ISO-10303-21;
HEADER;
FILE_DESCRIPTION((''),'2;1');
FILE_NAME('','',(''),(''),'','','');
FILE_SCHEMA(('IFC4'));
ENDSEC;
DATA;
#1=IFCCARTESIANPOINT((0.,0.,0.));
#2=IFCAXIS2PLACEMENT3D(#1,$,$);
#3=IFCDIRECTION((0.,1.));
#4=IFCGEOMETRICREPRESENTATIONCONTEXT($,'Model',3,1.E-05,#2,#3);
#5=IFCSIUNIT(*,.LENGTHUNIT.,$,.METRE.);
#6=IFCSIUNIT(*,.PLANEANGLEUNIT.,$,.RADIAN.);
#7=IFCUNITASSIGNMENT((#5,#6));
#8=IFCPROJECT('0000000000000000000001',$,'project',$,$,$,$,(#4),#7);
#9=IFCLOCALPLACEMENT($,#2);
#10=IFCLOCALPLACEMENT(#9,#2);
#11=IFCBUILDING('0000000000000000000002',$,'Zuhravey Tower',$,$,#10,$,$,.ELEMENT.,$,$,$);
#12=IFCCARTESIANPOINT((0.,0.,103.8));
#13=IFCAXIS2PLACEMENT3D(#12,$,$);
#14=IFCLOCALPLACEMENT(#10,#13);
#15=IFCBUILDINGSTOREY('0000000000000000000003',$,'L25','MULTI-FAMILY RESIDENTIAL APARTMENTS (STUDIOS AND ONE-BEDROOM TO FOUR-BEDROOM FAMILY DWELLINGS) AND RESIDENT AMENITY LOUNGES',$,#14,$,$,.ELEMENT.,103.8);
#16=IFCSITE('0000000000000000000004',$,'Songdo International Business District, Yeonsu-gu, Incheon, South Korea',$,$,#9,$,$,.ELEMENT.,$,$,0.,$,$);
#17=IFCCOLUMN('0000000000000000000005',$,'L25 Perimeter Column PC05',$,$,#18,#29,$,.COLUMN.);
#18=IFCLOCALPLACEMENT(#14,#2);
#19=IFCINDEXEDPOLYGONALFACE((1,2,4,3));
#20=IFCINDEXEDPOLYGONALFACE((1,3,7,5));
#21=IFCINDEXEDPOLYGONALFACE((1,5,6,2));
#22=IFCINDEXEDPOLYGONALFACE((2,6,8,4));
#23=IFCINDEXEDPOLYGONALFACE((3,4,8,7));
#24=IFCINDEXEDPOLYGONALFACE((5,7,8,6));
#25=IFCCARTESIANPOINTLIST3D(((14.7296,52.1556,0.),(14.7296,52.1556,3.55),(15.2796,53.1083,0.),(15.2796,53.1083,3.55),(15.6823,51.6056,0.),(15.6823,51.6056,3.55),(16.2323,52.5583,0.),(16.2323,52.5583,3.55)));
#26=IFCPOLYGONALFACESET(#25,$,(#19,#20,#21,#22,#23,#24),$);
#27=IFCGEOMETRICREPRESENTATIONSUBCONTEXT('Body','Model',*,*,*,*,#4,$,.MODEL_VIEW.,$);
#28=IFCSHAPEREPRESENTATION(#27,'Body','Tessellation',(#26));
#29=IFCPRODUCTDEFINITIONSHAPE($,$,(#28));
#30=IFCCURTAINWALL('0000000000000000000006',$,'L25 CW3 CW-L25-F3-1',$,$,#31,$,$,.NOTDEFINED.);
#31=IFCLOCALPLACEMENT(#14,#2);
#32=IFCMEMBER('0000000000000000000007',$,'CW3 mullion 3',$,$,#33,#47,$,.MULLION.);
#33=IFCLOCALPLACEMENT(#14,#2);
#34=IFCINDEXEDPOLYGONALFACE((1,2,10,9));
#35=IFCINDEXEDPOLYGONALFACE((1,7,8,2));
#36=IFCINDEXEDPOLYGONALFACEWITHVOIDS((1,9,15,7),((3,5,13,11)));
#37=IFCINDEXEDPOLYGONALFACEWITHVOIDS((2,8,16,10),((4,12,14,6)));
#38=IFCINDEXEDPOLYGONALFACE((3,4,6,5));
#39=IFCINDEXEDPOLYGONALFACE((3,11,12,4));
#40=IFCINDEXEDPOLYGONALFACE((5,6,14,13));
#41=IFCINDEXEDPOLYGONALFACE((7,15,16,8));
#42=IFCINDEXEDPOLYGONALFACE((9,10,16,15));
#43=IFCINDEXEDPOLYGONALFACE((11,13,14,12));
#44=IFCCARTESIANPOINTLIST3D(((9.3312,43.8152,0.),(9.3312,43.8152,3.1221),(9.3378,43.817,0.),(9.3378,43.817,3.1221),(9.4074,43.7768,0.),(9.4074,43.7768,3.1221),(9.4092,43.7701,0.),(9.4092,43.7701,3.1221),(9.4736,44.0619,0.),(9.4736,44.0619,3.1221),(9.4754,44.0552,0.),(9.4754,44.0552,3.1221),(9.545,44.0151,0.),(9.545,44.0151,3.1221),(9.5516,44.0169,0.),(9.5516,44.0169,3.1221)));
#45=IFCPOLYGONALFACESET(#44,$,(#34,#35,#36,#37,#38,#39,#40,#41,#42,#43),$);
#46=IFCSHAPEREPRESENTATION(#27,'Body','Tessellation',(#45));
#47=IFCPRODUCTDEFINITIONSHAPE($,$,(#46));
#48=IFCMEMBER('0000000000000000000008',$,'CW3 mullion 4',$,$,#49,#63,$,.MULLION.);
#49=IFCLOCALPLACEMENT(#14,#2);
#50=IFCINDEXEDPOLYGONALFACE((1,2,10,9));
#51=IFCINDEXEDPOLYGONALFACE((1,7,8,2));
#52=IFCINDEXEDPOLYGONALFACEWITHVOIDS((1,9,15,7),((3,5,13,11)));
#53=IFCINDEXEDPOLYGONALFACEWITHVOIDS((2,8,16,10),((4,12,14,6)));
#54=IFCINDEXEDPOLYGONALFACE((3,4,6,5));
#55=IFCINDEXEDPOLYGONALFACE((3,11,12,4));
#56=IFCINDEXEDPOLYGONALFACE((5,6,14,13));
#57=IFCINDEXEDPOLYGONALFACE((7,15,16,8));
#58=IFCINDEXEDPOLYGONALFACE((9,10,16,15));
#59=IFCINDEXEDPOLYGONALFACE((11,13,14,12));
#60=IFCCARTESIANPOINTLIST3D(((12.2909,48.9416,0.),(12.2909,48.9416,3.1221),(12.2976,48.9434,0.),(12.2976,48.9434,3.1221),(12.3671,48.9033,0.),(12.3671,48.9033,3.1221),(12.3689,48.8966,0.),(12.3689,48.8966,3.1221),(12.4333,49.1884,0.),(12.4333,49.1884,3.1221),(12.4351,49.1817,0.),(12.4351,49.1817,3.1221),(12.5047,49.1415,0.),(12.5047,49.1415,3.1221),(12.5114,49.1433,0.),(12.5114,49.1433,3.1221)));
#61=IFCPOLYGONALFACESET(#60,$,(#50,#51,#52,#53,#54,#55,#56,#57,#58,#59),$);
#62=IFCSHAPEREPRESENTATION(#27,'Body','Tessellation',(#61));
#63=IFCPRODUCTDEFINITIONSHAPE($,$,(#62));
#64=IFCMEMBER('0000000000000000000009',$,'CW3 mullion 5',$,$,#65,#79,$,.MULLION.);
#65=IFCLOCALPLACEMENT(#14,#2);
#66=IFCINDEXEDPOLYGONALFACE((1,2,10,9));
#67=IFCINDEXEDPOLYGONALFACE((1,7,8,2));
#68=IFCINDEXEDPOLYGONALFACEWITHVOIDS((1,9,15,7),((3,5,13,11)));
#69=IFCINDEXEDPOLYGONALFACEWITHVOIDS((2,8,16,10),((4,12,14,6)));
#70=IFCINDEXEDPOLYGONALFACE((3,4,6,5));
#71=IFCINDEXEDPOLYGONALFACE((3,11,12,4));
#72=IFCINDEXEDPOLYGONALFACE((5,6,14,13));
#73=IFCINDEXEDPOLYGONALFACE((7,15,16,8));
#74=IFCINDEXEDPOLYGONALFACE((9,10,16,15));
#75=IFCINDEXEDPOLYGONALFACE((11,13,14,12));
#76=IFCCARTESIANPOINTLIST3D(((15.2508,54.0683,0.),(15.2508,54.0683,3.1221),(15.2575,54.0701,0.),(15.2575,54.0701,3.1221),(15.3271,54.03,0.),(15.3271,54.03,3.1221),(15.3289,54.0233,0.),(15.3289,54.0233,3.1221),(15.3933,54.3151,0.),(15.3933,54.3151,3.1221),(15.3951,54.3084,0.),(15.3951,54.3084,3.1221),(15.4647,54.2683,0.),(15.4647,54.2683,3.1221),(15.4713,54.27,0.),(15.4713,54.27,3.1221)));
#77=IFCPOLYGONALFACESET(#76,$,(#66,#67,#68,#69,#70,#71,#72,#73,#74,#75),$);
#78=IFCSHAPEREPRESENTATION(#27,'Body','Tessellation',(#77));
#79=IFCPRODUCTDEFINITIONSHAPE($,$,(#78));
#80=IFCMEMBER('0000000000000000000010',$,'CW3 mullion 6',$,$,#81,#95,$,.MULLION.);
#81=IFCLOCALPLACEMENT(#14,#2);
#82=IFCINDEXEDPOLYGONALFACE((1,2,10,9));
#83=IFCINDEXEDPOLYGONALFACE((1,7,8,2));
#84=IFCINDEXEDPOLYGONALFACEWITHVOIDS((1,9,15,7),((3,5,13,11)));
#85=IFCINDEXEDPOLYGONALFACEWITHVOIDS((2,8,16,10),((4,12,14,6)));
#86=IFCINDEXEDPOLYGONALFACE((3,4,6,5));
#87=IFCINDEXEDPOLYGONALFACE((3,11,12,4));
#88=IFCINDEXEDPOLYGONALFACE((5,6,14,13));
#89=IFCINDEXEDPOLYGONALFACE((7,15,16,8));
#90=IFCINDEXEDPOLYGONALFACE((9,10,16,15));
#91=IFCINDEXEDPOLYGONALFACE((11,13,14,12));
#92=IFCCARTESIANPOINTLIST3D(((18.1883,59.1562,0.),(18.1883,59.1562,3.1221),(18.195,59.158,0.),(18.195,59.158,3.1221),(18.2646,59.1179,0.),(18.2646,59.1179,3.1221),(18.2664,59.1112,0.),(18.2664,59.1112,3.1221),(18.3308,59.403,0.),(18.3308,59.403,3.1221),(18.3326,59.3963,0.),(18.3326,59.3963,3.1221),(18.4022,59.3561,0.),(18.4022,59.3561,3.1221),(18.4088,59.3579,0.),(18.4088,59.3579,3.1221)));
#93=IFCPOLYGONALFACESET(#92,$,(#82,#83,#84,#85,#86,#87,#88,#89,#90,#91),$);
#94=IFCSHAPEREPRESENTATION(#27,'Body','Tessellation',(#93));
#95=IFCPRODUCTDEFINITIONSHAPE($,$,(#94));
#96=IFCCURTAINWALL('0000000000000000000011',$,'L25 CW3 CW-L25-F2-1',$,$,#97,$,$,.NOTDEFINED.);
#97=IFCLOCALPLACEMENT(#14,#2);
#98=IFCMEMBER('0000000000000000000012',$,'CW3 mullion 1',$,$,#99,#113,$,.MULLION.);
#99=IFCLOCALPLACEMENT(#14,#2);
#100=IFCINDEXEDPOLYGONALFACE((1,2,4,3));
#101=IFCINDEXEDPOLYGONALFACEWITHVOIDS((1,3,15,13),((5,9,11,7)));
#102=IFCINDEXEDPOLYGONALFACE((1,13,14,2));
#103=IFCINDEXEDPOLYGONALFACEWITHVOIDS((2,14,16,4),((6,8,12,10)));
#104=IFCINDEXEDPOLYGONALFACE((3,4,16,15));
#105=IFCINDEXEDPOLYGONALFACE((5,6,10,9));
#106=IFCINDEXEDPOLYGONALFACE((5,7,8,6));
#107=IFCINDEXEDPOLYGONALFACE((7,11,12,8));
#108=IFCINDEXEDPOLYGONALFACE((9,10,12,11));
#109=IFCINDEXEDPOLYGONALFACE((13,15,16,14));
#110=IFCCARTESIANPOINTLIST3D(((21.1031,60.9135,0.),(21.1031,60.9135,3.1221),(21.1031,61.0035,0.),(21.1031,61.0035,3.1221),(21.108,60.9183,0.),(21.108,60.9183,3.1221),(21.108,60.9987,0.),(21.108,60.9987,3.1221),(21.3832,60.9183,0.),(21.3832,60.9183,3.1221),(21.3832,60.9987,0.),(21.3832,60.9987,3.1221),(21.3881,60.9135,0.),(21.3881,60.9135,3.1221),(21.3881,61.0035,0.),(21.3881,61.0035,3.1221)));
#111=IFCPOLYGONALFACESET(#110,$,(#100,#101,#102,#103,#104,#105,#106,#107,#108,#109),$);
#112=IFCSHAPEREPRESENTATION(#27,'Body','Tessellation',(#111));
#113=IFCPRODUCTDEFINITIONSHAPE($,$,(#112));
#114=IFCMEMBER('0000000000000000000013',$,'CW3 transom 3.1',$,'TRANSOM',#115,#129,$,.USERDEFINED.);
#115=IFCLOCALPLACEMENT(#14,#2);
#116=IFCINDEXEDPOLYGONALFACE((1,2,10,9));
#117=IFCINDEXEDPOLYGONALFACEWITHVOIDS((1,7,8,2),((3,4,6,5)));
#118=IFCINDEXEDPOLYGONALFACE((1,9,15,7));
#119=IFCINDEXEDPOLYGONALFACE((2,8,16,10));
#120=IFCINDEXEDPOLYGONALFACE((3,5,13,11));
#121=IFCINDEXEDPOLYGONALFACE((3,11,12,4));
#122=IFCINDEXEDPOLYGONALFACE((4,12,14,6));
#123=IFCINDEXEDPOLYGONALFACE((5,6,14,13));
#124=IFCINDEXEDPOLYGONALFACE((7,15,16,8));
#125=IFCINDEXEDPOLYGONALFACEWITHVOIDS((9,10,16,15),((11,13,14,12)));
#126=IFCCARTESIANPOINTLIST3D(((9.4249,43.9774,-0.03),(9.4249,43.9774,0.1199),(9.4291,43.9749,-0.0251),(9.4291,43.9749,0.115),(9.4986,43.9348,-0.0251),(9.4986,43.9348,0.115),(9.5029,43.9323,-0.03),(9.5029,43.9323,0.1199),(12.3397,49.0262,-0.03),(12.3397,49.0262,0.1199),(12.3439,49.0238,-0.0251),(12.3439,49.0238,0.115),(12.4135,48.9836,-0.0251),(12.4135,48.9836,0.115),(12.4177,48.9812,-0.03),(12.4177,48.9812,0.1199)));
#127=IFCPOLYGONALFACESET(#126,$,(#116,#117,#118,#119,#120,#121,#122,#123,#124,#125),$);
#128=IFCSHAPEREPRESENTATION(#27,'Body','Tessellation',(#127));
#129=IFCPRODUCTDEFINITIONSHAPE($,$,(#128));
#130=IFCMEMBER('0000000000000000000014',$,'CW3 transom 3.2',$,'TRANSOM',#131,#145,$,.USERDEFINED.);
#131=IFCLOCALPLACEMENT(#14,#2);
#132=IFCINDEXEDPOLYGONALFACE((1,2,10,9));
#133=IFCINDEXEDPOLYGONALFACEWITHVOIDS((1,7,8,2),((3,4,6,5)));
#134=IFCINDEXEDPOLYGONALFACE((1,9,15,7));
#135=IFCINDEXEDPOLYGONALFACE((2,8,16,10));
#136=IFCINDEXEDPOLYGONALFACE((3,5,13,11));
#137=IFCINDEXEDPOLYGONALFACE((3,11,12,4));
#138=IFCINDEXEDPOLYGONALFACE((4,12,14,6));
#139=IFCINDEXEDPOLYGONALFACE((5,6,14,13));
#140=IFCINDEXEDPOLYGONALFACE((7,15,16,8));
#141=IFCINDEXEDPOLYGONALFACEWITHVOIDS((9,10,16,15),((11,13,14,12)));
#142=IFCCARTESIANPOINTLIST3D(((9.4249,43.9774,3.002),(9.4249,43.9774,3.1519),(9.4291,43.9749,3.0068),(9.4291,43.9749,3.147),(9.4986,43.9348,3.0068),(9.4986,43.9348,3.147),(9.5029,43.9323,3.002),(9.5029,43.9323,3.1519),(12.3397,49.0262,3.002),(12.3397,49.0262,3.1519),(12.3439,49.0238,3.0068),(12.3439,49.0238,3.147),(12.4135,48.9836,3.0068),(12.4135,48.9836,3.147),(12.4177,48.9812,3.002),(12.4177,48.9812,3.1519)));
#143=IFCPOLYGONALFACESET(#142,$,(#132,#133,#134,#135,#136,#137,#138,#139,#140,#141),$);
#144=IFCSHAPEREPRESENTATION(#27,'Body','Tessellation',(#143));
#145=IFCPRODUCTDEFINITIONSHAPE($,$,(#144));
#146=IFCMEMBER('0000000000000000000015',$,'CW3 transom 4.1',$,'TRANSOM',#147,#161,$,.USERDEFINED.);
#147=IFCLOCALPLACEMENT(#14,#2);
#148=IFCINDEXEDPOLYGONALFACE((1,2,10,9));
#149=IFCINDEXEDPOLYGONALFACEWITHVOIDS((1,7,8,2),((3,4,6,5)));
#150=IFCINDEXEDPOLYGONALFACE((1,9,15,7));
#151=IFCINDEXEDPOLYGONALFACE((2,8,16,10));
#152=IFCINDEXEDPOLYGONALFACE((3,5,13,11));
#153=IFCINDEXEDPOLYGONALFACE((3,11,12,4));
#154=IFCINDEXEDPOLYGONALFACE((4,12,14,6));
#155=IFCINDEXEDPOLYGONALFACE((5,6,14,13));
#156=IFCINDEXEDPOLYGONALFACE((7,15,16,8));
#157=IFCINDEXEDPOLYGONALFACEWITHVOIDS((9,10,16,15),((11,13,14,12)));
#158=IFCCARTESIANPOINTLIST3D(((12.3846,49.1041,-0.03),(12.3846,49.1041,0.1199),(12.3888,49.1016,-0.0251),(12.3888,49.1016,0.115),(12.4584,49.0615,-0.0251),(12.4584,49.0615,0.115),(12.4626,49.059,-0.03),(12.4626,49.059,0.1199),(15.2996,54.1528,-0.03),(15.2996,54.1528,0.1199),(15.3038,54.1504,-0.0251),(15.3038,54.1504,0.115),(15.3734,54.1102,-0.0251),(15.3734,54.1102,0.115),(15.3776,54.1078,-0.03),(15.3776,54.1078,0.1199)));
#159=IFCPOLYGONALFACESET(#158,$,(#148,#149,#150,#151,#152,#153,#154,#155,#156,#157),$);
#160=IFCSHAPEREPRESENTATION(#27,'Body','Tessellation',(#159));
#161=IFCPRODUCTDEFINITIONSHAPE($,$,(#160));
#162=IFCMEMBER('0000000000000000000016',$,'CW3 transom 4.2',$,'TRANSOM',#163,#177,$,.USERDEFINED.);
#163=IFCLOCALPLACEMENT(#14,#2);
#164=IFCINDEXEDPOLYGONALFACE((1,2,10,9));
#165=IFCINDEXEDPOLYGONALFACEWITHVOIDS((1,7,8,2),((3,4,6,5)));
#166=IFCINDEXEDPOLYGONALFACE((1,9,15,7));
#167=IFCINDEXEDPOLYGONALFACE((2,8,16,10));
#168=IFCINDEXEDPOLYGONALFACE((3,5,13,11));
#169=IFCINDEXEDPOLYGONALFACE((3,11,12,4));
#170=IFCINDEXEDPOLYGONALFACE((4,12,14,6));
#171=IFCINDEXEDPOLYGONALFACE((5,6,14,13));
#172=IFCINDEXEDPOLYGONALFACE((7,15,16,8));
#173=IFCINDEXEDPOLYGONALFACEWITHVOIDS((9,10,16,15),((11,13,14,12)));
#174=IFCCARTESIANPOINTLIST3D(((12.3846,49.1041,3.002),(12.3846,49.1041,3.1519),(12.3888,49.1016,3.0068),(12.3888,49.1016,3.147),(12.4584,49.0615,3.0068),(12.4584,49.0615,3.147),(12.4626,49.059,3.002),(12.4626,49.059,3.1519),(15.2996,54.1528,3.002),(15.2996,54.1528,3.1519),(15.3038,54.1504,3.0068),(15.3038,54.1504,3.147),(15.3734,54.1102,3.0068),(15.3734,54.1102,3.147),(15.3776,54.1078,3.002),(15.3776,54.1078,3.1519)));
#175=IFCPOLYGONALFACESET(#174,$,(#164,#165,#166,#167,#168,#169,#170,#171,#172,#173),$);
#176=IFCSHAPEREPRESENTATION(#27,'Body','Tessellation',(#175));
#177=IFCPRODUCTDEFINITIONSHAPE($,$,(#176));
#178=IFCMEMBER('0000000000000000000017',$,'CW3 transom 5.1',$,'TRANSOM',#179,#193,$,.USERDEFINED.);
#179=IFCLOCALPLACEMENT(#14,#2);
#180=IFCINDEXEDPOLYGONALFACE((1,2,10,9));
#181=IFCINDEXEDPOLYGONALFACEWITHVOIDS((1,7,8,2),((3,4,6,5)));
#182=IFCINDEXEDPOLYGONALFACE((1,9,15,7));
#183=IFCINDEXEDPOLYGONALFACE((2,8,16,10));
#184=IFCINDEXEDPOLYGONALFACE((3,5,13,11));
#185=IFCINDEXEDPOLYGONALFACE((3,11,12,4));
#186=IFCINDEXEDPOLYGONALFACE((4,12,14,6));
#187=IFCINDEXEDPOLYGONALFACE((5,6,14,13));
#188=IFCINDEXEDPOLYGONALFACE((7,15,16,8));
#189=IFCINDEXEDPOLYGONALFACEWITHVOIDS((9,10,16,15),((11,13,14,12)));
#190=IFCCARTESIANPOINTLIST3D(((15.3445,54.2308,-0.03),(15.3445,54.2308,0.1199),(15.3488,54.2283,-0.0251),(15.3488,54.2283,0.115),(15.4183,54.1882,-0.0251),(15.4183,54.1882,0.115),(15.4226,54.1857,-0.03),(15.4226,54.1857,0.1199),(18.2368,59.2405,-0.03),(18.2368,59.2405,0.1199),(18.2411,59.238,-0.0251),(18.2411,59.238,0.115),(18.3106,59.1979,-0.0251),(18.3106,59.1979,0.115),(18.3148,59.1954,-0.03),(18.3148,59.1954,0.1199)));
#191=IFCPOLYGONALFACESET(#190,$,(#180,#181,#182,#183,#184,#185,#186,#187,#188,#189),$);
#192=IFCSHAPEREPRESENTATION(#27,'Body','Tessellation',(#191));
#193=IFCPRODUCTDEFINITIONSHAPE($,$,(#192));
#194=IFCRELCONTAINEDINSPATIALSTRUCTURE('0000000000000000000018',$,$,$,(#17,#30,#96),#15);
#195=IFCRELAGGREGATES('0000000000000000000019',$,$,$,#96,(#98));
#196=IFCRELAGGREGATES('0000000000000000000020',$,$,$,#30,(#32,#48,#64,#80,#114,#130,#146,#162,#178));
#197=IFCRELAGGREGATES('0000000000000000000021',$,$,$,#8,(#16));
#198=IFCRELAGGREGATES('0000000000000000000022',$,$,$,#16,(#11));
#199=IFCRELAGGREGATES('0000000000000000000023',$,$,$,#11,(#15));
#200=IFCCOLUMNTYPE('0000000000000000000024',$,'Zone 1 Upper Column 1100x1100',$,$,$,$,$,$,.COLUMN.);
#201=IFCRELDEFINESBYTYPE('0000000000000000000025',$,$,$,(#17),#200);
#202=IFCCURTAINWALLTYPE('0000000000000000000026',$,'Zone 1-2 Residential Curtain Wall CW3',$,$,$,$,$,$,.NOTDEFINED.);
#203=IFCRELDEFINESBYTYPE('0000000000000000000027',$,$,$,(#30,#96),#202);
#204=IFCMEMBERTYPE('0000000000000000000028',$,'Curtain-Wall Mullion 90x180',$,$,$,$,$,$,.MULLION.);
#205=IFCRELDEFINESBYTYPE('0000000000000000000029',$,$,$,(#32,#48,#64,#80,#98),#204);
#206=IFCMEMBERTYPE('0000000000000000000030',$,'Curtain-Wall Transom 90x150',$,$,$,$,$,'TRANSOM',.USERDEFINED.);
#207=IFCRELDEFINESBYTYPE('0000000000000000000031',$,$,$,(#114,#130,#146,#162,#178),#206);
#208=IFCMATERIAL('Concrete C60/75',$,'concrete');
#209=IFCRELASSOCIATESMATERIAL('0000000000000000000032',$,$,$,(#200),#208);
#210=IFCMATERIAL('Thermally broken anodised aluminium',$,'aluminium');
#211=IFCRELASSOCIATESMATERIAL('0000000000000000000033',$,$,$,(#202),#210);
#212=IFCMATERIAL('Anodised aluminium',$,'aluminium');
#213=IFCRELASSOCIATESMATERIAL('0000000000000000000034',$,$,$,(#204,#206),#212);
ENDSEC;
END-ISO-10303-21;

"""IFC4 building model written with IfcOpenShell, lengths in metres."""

from ifc_helpers import new_model, si_unit, direction, frame, origin, origin_2d, place, context, subcontext, project, spatial, rectangle, hollow_rectangle, extrude, material, material_profile, profile_set, type_object, element, aggregate, save


model = new_model("IFC4")

# Units and contexts
model_context = context("Model", 3, precision=1e-05, world=origin(), true_north=direction((0.0, 1.0)))
body_context = subcontext(model_context, "Body", "Model", "MODEL_VIEW")
ifc_project = project(units=[si_unit("LENGTHUNIT", "METRE"), si_unit("PLANEANGLEUNIT", "RADIAN")], contexts=[model_context])

# Site, building, storey
site_placement = place(None, origin())
site = spatial("IfcSite", under=ifc_project, at=site_placement, Name="Songdo International Business District, Yeonsu-gu, Incheon, South Korea", CompositionType="ELEMENT", RefElevation=0.0)
building_placement = place(site_placement, origin())
building = spatial("IfcBuilding", under=site, at=building_placement, Name="Zuhravey Tower", CompositionType="ELEMENT")
storey_placement = place(building_placement, frame((0.0, 0.0, 103.8)))
storey = spatial("IfcBuildingStorey", under=building, at=storey_placement, Name="L25", Description="MULTI-FAMILY RESIDENTIAL APARTMENTS (STUDIOS AND ONE-BEDROOM TO FOUR-BEDROOM FAMILY DWELLINGS) AND RESIDENT AMENITY LOUNGES", CompositionType="ELEMENT", Elevation=103.8)

# Column
ifc_material_1 = material(Name="Concrete C60/75", Category="concrete")
ifc_material_profile_1 = material_profile(ifc_material_1, rectangle(XDim=1.1001, YDim=1.1001, at=origin_2d()), Name="RC-1100x1100")
ifc_profile_set_1 = profile_set([ifc_material_profile_1], Name="Concrete C60/75")
column_type = type_object("IfcColumnType", Name="Zone 1 Upper Column 1100x1100", PredefinedType="COLUMN", material=ifc_profile_set_1)
column_placement = place(storey_placement, frame((15.481, 52.3569, 0.0), z_axis=(0.0, 0.0, 1.0), x_axis=(-0.5, -0.866025, 0.0)))
element("IfcColumn", 1, at=column_placement, inside=storey, type_object=column_type, Name="L25 Perimeter Column PC05", PredefinedType="COLUMN", context=body_context, shape_type="SweptSolid", body=[
    extrude(rectangle(XDim=1.1001, YDim=1.1001, at=origin_2d()), origin(), (0.0, 0.0, 1.0), 3.55),
])

# Curtain wall, members
ifc_material_2 = material(Name="Thermally broken anodised aluminium", Category="aluminium")
curtain_wall_type = type_object("IfcCurtainWallType", Name="Zone 1-2 Residential Curtain Wall CW3", PredefinedType="NOTDEFINED", material=ifc_material_2)
curtain_wall_1_placement = place(storey_placement, origin())
curtain_wall_1 = element("IfcCurtainWall", 2, at=curtain_wall_1_placement, inside=storey, type_object=curtain_wall_type, Name="L25 CW3 CW-L25-F3-1", PredefinedType="NOTDEFINED")
ifc_material_3 = material(Name="Anodised aluminium", Category="aluminium")
ifc_material_profile_2 = material_profile(ifc_material_3, hollow_rectangle(XDim=0.0901, YDim=0.2849, WallThickness=0.0049, at=origin_2d()), Name="ALU-RHS-90x285x5")
ifc_profile_set_2 = profile_set([ifc_material_profile_2], Name="Anodised aluminium")
member_type_1 = type_object("IfcMemberType", Name="Curtain-Wall Mullion 90x180", PredefinedType="MULLION", material=ifc_profile_set_2)
member_1_placement = place(storey_placement, frame((9.4414, 43.916, 0.0), z_axis=(0.0, 0.0, 1.0), x_axis=(-0.866026, 0.5, 0.0)))
member_1 = element("IfcMember", 3, at=member_1_placement, type_object=member_type_1, Name="CW3 mullion 3", PredefinedType="MULLION", context=body_context, shape_type="SweptSolid", body=[
    extrude(hollow_rectangle(XDim=0.0901, YDim=0.2849, WallThickness=0.0049, at=origin_2d()), origin(), (0.0, 0.0, 1.0), 3.1221),
])
member_2_placement = place(storey_placement, frame((12.4011, 49.0425, 0.0), z_axis=(0.0, 0.0, 1.0), x_axis=(-0.866026, 0.5, 0.0)))
member_2 = element("IfcMember", 4, at=member_2_placement, type_object=member_type_1, Name="CW3 mullion 4", PredefinedType="MULLION", context=body_context, shape_type="SweptSolid", body=[
    extrude(hollow_rectangle(XDim=0.0901, YDim=0.2849, WallThickness=0.0049, at=origin_2d()), origin(), (0.0, 0.0, 1.0), 3.1221),
])
member_3_placement = place(storey_placement, frame((15.3611, 54.1692, 0.0), z_axis=(0.0, 0.0, 1.0), x_axis=(-0.866026, 0.5, 0.0)))
member_3 = element("IfcMember", 5, at=member_3_placement, type_object=member_type_1, Name="CW3 mullion 5", PredefinedType="MULLION", context=body_context, shape_type="SweptSolid", body=[
    extrude(hollow_rectangle(XDim=0.0901, YDim=0.2849, WallThickness=0.0049, at=origin_2d()), origin(), (0.0, 0.0, 1.0), 3.1221),
])
member_4_placement = place(storey_placement, frame((18.2986, 59.2571, 0.0), z_axis=(0.0, 0.0, 1.0), x_axis=(-0.866026, 0.5, 0.0)))
member_4 = element("IfcMember", 6, at=member_4_placement, type_object=member_type_1, Name="CW3 mullion 6", PredefinedType="MULLION", context=body_context, shape_type="SweptSolid", body=[
    extrude(hollow_rectangle(XDim=0.0901, YDim=0.2849, WallThickness=0.0049, at=origin_2d()), origin(), (0.0, 0.0, 1.0), 3.1221),
])

# Curtain wall, member
curtain_wall_2_placement = place(storey_placement, origin())
curtain_wall_2 = element("IfcCurtainWall", 7, at=curtain_wall_2_placement, inside=storey, type_object=curtain_wall_type, Name="L25 CW3 CW-L25-F2-1", PredefinedType="NOTDEFINED")
member_5_placement = place(storey_placement, frame((21.2456, 60.9585, 0.0), z_axis=(0.0, 0.0, 1.0), x_axis=(0.0, 1.0, 0.0)))
member_5 = element("IfcMember", 8, at=member_5_placement, type_object=member_type_1, Name="CW3 mullion 1", PredefinedType="MULLION", context=body_context, shape_type="SweptSolid", body=[
    extrude(hollow_rectangle(XDim=0.0901, YDim=0.2849, WallThickness=0.0049, at=origin_2d()), origin(), (0.0, 0.0, 1.0), 3.1221),
])

# Members
ifc_material_profile_3 = material_profile(ifc_material_3, hollow_rectangle(XDim=0.0901, YDim=0.1499, WallThickness=0.0049, at=origin_2d()), Name="ALU-RHS-90x150x5")
ifc_profile_set_3 = profile_set([ifc_material_profile_3], Name="Anodised aluminium")
member_type_2 = type_object("IfcMemberType", Name="Curtain-Wall Transom 90x150", ElementType="TRANSOM", PredefinedType="USERDEFINED", material=ifc_profile_set_3)
member_6_placement = place(storey_placement, frame((9.4639, 43.9548, 0.0449), z_axis=(0.499981, 0.866036, 0.0), x_axis=(-0.866036, 0.499981, 0.0)))
member_6 = element("IfcMember", 9, at=member_6_placement, type_object=member_type_2, Name="CW3 transom 3.1", ObjectType="TRANSOM", PredefinedType="USERDEFINED", context=body_context, shape_type="SweptSolid", body=[
    extrude(hollow_rectangle(XDim=0.0901, YDim=0.1499, WallThickness=0.0049, at=origin_2d()), origin(), (0.0, 0.0, 1.0), 5.8298),
])
member_7_placement = place(storey_placement, frame((9.4639, 43.9548, 3.0769), z_axis=(0.499981, 0.866036, 0.0), x_axis=(-0.866036, 0.499981, 0.0)))
member_7 = element("IfcMember", 10, at=member_7_placement, type_object=member_type_2, Name="CW3 transom 3.2", ObjectType="TRANSOM", PredefinedType="USERDEFINED", context=body_context, shape_type="SweptSolid", body=[
    extrude(hollow_rectangle(XDim=0.0901, YDim=0.1499, WallThickness=0.0049, at=origin_2d()), origin(), (0.0, 0.0, 1.0), 5.8298),
])
member_8_placement = place(storey_placement, frame((12.4236, 49.0815, 0.0449), z_axis=(0.500012, 0.866018, 0.0), x_axis=(-0.866018, 0.500012, 0.0)))
member_8 = element("IfcMember", 11, at=member_8_placement, type_object=member_type_2, Name="CW3 transom 4.1", ObjectType="TRANSOM", PredefinedType="USERDEFINED", context=body_context, shape_type="SweptSolid", body=[
    extrude(hollow_rectangle(XDim=0.0901, YDim=0.1499, WallThickness=0.0049, at=origin_2d()), origin(), (0.0, 0.0, 1.0), 5.8298),
])
member_9_placement = place(storey_placement, frame((12.4236, 49.0815, 3.0769), z_axis=(0.500012, 0.866018, 0.0), x_axis=(-0.866018, 0.500012, 0.0)))
member_9 = element("IfcMember", 12, at=member_9_placement, type_object=member_type_2, Name="CW3 transom 4.2", ObjectType="TRANSOM", PredefinedType="USERDEFINED", context=body_context, shape_type="SweptSolid", body=[
    extrude(hollow_rectangle(XDim=0.0901, YDim=0.1499, WallThickness=0.0049, at=origin_2d()), origin(), (0.0, 0.0, 1.0), 5.8298),
])
member_10_placement = place(storey_placement, frame((15.3835, 54.2083, 0.0449), z_axis=(0.499993, 0.86603, 0.0), x_axis=(-0.86603, 0.499993, 0.0)))
member_10 = element("IfcMember", 13, at=member_10_placement, type_object=member_type_2, Name="CW3 transom 5.1", ObjectType="TRANSOM", PredefinedType="USERDEFINED", context=body_context, shape_type="SweptSolid", body=[
    extrude(hollow_rectangle(XDim=0.0901, YDim=0.1499, WallThickness=0.0049, at=origin_2d()), origin(), (0.0, 0.0, 1.0), 5.7847),
])
aggregate(curtain_wall_2, [member_5])

aggregate(curtain_wall_1, [member_1, member_2, member_3, member_4, member_6, member_7, member_8, member_9, member_10])

save(model, "model.ifc")
